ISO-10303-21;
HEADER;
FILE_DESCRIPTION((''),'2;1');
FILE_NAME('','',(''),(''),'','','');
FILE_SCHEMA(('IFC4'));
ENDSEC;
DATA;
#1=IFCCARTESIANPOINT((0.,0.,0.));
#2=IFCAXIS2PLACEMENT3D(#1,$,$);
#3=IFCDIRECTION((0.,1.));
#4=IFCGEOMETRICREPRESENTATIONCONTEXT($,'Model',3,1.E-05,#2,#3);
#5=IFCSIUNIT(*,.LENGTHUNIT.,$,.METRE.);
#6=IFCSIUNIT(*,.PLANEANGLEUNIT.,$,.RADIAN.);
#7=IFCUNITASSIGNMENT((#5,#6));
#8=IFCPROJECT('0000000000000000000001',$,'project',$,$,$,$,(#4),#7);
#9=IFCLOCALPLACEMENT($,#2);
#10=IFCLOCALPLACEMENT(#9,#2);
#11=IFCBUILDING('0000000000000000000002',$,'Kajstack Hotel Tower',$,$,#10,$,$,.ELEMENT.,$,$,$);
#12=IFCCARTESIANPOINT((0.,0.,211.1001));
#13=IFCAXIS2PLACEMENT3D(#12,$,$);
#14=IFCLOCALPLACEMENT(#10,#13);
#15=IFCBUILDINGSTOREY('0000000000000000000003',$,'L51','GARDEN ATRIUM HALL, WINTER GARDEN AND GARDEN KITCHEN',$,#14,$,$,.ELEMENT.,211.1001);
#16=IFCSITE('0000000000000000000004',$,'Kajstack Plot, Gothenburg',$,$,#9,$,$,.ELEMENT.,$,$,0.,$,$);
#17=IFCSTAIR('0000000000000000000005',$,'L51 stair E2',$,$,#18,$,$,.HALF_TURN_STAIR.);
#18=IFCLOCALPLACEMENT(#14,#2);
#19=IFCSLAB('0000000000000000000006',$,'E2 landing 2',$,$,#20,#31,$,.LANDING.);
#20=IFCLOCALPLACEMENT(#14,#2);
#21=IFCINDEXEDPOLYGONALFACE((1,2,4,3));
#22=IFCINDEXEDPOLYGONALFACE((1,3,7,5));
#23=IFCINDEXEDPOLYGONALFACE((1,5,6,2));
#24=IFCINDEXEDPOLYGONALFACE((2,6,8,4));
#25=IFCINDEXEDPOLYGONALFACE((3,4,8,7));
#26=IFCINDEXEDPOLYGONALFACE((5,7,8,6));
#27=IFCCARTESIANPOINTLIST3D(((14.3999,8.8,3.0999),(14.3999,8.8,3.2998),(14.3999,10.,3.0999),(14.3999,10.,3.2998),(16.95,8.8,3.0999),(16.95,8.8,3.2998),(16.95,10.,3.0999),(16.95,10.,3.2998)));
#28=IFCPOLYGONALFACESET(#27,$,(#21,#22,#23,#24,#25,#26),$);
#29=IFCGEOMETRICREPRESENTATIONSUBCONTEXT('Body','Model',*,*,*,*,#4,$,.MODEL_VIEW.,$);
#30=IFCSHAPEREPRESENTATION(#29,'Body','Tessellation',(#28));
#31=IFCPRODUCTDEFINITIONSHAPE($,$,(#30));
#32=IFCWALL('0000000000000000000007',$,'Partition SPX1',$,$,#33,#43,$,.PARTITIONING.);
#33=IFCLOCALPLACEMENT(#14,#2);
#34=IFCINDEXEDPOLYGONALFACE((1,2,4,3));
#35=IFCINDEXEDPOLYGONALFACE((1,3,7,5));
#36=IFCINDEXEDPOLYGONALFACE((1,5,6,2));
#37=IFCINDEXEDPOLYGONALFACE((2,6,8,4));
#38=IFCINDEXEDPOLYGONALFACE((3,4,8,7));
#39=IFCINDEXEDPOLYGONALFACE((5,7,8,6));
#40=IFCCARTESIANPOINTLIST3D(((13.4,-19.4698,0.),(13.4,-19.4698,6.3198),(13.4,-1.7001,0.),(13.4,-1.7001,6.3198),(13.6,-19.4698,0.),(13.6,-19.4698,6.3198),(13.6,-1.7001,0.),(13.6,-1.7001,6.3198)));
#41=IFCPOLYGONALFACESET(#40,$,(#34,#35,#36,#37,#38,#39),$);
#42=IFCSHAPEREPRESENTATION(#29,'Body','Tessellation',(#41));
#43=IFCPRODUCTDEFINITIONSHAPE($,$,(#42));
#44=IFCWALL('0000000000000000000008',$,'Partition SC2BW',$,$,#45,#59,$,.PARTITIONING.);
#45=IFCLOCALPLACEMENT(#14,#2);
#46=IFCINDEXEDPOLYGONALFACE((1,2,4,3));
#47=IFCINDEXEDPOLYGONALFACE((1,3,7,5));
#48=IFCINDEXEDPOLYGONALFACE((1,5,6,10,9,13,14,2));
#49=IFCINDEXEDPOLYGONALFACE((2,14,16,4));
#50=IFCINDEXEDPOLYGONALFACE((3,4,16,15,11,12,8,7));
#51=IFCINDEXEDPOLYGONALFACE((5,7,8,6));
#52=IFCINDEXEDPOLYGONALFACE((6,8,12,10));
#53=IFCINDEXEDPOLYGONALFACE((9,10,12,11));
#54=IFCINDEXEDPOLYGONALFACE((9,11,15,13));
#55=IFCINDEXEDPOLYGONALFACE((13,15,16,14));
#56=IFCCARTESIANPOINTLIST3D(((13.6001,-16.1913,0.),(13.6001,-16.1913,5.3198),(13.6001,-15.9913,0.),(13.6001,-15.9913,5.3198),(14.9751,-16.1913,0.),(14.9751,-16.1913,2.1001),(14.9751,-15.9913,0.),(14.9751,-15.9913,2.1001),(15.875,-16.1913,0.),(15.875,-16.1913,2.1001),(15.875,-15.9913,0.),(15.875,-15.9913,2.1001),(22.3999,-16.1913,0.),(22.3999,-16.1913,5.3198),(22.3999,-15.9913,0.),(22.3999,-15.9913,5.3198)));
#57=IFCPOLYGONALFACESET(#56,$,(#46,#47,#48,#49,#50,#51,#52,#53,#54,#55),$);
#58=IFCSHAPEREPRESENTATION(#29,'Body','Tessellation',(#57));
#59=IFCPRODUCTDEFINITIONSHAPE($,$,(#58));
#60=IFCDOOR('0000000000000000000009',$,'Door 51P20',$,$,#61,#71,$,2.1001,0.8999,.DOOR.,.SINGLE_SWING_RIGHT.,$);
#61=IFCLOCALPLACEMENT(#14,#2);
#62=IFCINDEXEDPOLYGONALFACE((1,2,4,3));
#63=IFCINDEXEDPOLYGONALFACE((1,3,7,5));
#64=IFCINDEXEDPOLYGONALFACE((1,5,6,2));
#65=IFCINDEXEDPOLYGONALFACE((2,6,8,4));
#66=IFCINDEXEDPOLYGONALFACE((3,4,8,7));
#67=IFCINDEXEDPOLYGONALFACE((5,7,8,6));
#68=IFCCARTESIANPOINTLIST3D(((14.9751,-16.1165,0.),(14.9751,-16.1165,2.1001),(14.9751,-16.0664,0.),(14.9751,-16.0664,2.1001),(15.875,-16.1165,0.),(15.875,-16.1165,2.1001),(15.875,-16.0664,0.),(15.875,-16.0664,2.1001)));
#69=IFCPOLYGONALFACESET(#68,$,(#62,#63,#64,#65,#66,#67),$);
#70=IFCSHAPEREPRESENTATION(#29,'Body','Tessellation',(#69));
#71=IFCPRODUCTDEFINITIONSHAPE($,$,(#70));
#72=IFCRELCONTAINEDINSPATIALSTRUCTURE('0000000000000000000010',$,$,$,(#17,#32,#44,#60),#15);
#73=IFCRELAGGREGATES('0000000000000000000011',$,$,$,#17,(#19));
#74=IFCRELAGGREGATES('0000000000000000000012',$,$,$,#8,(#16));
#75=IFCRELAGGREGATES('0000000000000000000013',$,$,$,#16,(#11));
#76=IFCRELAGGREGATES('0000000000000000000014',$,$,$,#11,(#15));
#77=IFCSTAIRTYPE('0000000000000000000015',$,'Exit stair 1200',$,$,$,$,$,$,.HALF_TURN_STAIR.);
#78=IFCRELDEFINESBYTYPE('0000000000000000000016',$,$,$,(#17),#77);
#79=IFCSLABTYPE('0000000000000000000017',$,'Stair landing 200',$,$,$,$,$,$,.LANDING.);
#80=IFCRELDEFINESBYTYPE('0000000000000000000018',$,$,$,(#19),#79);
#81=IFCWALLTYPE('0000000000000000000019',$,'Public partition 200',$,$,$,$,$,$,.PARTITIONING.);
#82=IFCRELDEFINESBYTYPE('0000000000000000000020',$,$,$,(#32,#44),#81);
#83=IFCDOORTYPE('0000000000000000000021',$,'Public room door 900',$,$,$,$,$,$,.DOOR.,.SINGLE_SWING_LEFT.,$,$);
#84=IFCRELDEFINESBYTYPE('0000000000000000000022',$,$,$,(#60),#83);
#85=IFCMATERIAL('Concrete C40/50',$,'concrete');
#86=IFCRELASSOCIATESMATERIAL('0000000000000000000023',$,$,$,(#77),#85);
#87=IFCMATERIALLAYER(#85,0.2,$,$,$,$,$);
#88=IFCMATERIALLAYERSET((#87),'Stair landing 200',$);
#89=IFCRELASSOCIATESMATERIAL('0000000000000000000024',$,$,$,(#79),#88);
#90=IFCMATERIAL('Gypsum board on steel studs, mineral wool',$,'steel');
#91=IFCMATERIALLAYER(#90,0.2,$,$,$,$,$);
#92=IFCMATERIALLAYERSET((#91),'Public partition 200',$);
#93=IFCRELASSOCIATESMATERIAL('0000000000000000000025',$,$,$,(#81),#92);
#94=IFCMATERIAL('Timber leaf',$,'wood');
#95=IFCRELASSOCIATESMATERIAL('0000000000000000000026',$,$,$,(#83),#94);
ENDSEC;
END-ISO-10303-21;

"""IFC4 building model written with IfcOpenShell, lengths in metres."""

from ifc_helpers import new_model, si_unit, direction, frame, frame_2d, origin, place, context, subcontext, project, spatial, polyline, rectangle, outline, extrude, material, layer, layer_set, type_object, element, fill, aggregate, save


model = new_model("IFC4")

# Units and contexts
model_context = context("Model", 3, precision=1e-05, world=origin(), true_north=direction((0.0, 1.0)))
body_context = subcontext(model_context, "Body", "Model", "MODEL_VIEW")
ifc_project = project(units=[si_unit("LENGTHUNIT", "METRE"), si_unit("PLANEANGLEUNIT", "RADIAN")], contexts=[model_context])

# Site, building, storey
site_placement = place(None, origin())
site = spatial("IfcSite", under=ifc_project, at=site_placement, Name="Kajstack Plot, Gothenburg", CompositionType="ELEMENT", RefElevation=0.0)
building_placement = place(site_placement, origin())
building = spatial("IfcBuilding", under=site, at=building_placement, Name="Kajstack Hotel Tower", CompositionType="ELEMENT")
storey_placement = place(building_placement, frame((0.0, 0.0, 211.1001)))
storey = spatial("IfcBuildingStorey", under=building, at=storey_placement, Name="L51", Description="GARDEN ATRIUM HALL, WINTER GARDEN AND GARDEN KITCHEN", CompositionType="ELEMENT", Elevation=211.1001)

# Shared definitions
ifc_material_1 = material(Name="Concrete C40/50", Category="concrete")
stair_type = type_object("IfcStairType", Name="Exit stair 1200", PredefinedType="HALF_TURN_STAIR", material=ifc_material_1)
ifc_layer_1 = layer(ifc_material_1, 0.2)
ifc_layer_set_1 = layer_set([ifc_layer_1], Name="Stair landing 200")
slab_type = type_object("IfcSlabType", Name="Stair landing 200", PredefinedType="LANDING", material=ifc_layer_set_1)

# Stair, slab
stair_1_placement = place(storey_placement, origin())
stair_1 = element("IfcStair", 1, at=stair_1_placement, inside=storey, type_object=stair_type, Name="L51 stair E2", PredefinedType="HALF_TURN_STAIR")
slab_1_placement = place(storey_placement, frame((0.0, 0.0, 3.0999)))
slab_1 = element("IfcSlab", 2, at=slab_1_placement, type_object=slab_type, Name="E2 landing 2", PredefinedType="LANDING", context=body_context, shape_type="SweptSolid", body=[
    extrude(outline(polyline([(16.95, 8.8), (16.95, 10.0), (14.3999, 10.0), (14.3999, 8.8), (16.95, 8.8)])), origin(), (0.0, 0.0, 1.0), 0.2),
])
aggregate(stair_1, [slab_1])

# Wall
ifc_material_2 = material(Name="Gypsum board on steel studs, mineral wool", Category="steel")
ifc_layer_2 = layer(ifc_material_2, 0.2)
ifc_layer_set_2 = layer_set([ifc_layer_2], Name="Public partition 200")
wall_type = type_object("IfcWallType", Name="Public partition 200", PredefinedType="PARTITIONING", material=ifc_layer_set_2)
wall_1_placement = place(storey_placement, frame((13.5, -19.4697, 0.0), z_axis=(0.0, 0.0, 1.0), x_axis=(0.0, 1.0, 0.0)))
element("IfcWall", 3, at=wall_1_placement, inside=storey, type_object=wall_type, Name="Partition SPX1", PredefinedType="PARTITIONING", context=body_context, shape_type="SweptSolid", body=[
    extrude(rectangle(XDim=17.7698, YDim=0.2, at=frame_2d((8.8848, 0.0))), origin(), (0.0, 0.0, 1.0), 6.3198),
])

# Wall, opening, door
wall_2_placement = place(storey_placement, frame((13.6001, -16.0913, 0.0), z_axis=(0.0, 0.0, 1.0), x_axis=(1.0, 0.0, 0.0)))
wall_2 = element("IfcWall", 4, at=wall_2_placement, inside=storey, type_object=wall_type, Name="Partition SC2BW", PredefinedType="PARTITIONING", context=body_context, shape_type="SweptSolid", body=[
    extrude(rectangle(XDim=8.7998, YDim=0.2, at=frame_2d((4.3999, 0.0))), origin(), (0.0, 0.0, 1.0), 5.3198),
])
opening_placement = place(wall_2_placement, frame((1.375, 0.0, 0.0)))
opening = element("IfcOpeningElement", 5, at=opening_placement, cuts=wall_2, PredefinedType="OPENING", context=body_context, shape_type="SweptSolid", body=[
    extrude(rectangle(XDim=0.8999, YDim=2.1001, at=frame_2d((0.45, 1.05))), frame((0.0, 0.1099, 0.0), z_axis=(0.0, -1.0, 0.0), x_axis=(1.0, 0.0, 0.0)), (0.0, 0.0, 1.0), 0.22),
])
ifc_material_3 = material(Name="Timber leaf", Category="wood")
door_type = type_object("IfcDoorType", Name="Public room door 900", OperationType="SINGLE_SWING_LEFT", PredefinedType="DOOR", material=ifc_material_3)
door_placement = place(opening_placement, origin())
door = element("IfcDoor", 6, at=door_placement, inside=storey, type_object=door_type, Name="Door 51P20", OperationType="SINGLE_SWING_RIGHT", OverallHeight=2.1001, OverallWidth=0.8999, PredefinedType="DOOR", context=body_context, shape_type="SweptSolid", body=[
    extrude(rectangle(XDim=0.8999, YDim=2.1001, at=frame_2d((0.45, 1.05))), frame((0.0, 0.0249, 0.0), z_axis=(0.0, -1.0, 0.0), x_axis=(1.0, 0.0, 0.0)), (0.0, 0.0, 1.0), 0.05),
])
fill(opening, door)

save(model, "model.ifc")
